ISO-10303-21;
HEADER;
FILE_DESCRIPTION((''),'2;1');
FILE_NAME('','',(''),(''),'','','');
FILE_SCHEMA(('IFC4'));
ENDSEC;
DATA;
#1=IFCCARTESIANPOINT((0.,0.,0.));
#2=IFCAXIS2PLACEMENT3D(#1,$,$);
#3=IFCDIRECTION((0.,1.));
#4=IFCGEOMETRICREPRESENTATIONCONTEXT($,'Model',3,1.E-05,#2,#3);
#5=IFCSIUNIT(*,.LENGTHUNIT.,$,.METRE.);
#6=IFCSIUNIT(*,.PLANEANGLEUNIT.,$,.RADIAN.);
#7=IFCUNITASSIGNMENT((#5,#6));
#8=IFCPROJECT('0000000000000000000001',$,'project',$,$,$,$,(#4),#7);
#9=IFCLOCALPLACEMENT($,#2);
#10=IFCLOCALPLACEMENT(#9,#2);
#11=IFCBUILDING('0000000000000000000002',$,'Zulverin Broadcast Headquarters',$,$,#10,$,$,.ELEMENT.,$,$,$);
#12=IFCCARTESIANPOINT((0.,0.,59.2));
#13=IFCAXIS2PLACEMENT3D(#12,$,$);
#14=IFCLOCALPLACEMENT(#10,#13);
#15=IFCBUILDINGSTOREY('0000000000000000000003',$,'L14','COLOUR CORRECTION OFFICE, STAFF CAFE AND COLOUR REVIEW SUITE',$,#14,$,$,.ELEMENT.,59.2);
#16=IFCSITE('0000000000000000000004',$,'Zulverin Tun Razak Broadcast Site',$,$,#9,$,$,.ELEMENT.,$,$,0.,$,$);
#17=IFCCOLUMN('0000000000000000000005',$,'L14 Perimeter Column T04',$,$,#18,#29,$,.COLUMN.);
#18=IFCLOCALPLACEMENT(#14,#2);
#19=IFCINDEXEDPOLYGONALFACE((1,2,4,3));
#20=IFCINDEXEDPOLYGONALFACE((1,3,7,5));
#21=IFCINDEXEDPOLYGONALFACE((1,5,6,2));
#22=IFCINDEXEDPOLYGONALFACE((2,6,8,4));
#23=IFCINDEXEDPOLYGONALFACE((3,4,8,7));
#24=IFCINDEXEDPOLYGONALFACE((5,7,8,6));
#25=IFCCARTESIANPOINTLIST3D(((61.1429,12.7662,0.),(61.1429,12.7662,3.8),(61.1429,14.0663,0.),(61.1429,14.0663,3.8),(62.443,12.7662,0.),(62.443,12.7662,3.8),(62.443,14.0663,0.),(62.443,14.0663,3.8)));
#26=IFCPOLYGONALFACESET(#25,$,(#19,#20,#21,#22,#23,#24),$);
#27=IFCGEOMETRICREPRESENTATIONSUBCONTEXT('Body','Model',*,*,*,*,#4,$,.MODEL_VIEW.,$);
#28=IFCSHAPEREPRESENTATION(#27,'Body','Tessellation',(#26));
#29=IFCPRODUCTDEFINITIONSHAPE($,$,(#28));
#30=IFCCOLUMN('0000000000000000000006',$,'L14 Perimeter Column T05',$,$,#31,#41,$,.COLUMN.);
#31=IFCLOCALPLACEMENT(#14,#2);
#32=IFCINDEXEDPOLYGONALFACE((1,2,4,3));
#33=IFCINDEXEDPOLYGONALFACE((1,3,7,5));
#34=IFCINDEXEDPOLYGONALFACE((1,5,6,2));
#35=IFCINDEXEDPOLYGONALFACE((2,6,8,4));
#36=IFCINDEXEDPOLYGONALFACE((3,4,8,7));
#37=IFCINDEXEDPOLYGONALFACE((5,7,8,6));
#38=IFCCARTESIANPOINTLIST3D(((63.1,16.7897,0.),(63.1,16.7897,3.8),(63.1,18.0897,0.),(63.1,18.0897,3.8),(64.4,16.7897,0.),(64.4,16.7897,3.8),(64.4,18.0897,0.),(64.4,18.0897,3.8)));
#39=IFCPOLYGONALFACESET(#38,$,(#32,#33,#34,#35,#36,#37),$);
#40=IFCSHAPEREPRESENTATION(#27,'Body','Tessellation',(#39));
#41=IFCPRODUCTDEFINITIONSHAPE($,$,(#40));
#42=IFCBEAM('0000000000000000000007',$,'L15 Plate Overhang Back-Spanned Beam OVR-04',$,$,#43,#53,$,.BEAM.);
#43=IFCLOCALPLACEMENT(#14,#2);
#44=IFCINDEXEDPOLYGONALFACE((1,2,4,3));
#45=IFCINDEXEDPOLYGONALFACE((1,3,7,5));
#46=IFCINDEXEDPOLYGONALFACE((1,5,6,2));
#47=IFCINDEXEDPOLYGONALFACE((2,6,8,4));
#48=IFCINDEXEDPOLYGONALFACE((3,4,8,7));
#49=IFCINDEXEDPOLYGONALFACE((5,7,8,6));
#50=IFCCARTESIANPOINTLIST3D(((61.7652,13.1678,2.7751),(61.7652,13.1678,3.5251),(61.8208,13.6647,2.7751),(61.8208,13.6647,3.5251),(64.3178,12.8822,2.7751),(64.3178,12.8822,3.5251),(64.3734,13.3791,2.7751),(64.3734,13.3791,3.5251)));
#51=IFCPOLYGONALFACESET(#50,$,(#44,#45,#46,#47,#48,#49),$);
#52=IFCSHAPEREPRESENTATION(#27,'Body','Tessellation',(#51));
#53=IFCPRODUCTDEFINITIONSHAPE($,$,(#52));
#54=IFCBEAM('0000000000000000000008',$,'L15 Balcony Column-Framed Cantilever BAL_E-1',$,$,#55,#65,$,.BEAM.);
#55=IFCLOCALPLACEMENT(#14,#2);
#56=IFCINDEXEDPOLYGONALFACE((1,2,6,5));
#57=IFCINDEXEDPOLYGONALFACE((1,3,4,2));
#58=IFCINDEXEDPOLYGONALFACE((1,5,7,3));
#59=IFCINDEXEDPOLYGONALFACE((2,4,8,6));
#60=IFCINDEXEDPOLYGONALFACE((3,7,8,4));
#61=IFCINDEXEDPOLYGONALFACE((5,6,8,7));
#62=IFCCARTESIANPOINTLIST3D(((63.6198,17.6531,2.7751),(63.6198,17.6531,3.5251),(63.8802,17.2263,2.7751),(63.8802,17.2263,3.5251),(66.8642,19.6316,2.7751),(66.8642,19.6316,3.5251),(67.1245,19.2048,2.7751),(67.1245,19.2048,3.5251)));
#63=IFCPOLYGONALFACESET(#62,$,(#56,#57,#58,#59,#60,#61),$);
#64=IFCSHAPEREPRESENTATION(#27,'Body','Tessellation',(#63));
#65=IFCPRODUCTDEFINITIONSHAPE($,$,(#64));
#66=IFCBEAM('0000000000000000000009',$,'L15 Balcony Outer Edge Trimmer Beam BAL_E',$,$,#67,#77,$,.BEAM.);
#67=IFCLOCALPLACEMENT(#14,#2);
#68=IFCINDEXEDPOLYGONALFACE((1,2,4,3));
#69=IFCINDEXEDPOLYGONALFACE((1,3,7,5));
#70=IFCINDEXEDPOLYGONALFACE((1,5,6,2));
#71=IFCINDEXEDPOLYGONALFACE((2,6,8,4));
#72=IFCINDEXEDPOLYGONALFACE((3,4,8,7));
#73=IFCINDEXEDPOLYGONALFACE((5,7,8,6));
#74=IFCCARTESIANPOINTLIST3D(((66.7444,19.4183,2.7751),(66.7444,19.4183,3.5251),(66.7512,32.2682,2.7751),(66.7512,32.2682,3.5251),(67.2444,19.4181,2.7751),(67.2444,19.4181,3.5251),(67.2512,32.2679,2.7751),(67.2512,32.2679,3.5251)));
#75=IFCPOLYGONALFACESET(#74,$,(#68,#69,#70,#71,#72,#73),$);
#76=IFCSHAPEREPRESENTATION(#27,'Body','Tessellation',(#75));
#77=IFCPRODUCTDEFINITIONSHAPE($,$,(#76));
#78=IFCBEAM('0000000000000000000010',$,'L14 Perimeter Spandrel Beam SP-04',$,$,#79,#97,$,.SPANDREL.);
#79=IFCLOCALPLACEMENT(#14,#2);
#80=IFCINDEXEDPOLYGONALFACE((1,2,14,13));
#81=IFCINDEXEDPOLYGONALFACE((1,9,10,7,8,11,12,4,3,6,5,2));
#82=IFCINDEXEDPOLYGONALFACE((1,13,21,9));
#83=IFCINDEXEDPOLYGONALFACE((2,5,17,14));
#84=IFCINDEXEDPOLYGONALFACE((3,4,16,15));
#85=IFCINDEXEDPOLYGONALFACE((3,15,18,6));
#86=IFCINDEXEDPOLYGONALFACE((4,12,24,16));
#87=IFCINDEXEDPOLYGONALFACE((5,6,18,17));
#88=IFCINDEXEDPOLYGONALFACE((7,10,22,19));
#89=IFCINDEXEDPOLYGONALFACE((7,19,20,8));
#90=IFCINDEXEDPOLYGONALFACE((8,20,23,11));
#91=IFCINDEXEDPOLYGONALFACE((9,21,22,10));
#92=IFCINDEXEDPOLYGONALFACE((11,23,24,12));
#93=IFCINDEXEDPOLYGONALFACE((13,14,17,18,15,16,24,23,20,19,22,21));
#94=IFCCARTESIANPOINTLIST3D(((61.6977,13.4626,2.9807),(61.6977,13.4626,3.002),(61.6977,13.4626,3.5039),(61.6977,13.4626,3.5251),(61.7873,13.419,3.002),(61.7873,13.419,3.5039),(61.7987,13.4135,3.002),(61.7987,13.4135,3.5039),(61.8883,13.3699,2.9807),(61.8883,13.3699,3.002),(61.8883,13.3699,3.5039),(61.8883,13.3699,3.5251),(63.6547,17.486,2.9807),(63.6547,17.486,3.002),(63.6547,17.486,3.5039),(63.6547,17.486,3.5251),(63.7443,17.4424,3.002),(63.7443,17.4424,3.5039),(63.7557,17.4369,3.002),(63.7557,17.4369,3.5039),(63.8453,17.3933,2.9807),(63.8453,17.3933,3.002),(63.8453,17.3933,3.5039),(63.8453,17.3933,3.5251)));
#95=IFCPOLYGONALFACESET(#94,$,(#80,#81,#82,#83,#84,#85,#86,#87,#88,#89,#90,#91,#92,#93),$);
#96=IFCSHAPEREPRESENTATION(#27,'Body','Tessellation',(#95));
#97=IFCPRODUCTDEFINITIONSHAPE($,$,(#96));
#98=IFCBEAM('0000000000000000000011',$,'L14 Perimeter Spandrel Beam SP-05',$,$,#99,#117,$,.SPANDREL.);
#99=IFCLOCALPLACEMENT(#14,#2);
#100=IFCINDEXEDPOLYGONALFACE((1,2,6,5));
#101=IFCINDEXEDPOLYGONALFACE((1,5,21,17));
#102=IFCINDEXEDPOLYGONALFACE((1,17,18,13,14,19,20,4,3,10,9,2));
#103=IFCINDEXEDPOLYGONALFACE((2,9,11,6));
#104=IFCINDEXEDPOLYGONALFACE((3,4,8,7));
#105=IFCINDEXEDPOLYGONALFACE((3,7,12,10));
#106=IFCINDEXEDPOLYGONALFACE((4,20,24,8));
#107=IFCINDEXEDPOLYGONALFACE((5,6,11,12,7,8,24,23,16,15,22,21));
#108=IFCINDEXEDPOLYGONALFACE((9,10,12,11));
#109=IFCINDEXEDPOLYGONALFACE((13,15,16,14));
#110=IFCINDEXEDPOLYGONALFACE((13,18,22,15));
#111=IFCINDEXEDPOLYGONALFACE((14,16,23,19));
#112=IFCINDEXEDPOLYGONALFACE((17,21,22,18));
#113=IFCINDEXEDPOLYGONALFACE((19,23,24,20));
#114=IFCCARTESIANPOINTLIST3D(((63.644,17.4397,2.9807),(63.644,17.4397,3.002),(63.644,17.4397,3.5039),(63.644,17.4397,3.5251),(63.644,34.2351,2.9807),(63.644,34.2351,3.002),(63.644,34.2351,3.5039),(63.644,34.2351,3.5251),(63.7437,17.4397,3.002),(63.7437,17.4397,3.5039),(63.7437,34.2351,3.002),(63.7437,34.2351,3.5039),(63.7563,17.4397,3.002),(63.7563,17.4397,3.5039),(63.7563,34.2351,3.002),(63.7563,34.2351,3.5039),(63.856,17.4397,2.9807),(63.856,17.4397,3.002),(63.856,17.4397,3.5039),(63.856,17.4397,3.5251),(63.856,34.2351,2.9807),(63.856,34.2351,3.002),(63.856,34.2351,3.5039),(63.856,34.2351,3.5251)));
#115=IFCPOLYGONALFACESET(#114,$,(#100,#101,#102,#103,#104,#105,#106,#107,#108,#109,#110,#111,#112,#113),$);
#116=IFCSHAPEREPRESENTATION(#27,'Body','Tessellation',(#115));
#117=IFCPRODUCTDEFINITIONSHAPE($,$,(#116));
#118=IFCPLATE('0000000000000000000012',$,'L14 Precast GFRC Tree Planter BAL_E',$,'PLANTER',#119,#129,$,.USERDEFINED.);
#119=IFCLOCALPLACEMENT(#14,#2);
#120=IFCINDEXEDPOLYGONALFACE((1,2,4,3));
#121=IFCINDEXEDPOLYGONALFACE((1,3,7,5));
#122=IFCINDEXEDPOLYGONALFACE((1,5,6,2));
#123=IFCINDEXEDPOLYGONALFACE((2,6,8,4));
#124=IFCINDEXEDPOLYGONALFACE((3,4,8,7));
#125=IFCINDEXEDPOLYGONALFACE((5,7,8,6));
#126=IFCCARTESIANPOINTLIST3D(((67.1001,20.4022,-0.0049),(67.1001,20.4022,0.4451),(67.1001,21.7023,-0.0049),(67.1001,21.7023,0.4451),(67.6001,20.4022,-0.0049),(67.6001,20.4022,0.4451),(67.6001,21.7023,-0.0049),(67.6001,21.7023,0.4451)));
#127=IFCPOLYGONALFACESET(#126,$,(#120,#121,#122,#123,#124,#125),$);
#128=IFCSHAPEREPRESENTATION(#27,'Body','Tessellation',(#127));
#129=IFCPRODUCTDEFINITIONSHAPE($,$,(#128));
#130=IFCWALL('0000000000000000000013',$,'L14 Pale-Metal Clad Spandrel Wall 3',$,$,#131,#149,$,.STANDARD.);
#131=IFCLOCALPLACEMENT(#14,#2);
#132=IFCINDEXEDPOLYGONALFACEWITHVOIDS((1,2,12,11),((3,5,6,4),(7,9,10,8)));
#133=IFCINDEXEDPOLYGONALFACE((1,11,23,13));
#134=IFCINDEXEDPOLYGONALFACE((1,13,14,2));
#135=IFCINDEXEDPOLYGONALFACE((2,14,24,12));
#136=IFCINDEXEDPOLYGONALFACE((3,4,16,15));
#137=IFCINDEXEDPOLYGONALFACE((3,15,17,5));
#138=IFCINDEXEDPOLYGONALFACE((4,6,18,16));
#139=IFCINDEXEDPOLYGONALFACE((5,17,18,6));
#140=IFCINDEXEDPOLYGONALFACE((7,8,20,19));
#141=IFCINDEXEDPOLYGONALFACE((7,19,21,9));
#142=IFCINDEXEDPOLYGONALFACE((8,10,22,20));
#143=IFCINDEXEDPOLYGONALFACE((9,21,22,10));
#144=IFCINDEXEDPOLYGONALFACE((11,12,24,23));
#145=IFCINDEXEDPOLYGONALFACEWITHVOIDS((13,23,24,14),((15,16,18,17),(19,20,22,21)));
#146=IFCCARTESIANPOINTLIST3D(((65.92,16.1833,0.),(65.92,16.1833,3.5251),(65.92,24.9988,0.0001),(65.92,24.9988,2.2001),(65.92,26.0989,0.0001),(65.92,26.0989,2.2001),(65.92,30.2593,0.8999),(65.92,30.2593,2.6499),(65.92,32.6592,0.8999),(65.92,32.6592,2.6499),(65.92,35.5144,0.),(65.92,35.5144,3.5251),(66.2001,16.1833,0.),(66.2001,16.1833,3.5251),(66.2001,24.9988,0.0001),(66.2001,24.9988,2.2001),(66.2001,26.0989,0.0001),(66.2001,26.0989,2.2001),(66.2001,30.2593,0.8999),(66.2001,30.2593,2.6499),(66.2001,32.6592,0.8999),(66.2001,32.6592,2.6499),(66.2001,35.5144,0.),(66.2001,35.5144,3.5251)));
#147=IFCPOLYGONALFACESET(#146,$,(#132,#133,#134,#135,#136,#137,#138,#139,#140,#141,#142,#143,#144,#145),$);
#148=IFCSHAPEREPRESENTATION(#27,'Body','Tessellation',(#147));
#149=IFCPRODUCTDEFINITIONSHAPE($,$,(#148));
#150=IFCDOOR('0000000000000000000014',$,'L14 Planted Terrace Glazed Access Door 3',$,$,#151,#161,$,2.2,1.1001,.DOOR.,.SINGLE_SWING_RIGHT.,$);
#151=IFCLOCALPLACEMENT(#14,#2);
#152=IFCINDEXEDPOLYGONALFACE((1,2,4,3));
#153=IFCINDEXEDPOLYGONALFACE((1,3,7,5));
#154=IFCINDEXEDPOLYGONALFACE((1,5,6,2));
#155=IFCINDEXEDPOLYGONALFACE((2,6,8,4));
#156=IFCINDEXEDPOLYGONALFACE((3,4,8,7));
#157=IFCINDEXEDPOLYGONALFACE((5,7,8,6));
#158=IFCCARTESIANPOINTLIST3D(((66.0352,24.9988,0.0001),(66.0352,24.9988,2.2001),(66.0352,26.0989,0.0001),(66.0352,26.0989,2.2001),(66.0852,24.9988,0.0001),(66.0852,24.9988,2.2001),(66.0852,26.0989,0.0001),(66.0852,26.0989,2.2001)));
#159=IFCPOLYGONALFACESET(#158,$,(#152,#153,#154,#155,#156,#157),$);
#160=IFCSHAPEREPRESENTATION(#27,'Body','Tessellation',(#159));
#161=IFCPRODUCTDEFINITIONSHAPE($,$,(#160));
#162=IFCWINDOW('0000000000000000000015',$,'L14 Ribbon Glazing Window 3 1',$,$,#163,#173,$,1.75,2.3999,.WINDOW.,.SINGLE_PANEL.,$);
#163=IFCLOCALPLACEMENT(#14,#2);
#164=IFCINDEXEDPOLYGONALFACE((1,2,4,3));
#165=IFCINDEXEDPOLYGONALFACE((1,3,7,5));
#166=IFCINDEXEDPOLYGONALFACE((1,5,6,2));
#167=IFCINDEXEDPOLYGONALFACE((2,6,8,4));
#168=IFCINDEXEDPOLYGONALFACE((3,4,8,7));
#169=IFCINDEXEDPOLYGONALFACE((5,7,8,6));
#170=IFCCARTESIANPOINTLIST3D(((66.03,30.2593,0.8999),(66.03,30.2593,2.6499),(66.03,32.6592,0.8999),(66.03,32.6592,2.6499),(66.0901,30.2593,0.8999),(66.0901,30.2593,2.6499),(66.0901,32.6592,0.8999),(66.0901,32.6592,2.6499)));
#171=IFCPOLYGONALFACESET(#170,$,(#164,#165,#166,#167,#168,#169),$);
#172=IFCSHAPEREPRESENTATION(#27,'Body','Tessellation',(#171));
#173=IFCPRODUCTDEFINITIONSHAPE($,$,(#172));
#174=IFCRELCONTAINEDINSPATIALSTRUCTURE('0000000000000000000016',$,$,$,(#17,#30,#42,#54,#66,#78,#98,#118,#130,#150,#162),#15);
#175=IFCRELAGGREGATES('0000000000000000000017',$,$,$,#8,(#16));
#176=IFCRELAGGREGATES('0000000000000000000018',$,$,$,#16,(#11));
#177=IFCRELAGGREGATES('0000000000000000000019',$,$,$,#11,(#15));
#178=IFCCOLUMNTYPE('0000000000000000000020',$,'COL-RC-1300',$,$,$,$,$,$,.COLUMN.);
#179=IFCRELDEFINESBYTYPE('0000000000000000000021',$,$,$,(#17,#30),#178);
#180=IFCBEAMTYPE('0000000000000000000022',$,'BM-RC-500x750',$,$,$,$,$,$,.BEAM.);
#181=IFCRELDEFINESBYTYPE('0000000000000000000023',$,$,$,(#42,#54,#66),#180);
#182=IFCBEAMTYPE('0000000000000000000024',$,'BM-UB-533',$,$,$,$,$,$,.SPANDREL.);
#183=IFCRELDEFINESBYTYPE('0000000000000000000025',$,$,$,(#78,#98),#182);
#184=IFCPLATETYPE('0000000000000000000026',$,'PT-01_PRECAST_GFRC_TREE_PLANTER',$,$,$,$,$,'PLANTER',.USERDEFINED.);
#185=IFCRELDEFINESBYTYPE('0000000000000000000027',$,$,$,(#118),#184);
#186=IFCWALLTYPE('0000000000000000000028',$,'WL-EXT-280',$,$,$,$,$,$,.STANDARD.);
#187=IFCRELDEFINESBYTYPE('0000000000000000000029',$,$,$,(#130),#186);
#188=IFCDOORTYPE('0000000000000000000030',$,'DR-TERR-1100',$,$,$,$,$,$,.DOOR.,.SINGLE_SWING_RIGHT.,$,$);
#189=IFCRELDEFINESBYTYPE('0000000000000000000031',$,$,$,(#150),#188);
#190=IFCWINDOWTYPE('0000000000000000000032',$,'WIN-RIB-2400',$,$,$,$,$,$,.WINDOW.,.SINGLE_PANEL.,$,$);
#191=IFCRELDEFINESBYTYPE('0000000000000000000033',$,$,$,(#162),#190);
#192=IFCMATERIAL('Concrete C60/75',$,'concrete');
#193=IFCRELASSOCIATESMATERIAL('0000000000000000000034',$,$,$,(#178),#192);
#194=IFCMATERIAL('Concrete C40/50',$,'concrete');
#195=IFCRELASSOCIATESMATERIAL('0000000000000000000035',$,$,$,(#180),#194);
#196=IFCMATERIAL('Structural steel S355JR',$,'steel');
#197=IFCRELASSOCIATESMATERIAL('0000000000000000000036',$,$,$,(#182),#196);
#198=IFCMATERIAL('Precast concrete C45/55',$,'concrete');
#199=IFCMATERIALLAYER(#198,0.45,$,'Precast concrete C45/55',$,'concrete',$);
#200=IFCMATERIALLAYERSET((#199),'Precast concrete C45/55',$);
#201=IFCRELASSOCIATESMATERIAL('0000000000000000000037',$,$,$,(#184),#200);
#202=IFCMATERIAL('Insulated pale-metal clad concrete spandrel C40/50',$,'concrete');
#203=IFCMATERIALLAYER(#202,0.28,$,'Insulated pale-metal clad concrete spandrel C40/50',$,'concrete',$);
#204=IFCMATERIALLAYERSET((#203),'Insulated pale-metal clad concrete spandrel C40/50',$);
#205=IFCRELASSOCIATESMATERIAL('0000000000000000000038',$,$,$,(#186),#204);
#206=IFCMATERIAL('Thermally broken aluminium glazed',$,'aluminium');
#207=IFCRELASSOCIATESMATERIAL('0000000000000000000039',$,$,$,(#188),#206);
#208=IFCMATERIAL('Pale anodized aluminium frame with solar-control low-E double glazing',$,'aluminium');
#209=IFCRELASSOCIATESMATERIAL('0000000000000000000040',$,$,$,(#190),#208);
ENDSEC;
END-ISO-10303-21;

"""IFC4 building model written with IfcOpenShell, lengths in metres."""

from ifc_helpers import new_model, si_unit, direction, frame, frame_2d, origin, origin_2d, place, context, subcontext, project, spatial, rectangle, i_section, extrude, material, layer, layer_set, material_profile, profile_set, type_object, element, fill, save


model = new_model("IFC4")

# Units and contexts
model_context = context("Model", 3, precision=1e-05, world=origin(), true_north=direction((0.0, 1.0)))
body_context = subcontext(model_context, "Body", "Model", "MODEL_VIEW")
ifc_project = project(units=[si_unit("LENGTHUNIT", "METRE"), si_unit("PLANEANGLEUNIT", "RADIAN")], contexts=[model_context])

# Site, building, storey
site_placement = place(None, origin())
site = spatial("IfcSite", under=ifc_project, at=site_placement, Name="Zulverin Tun Razak Broadcast Site", CompositionType="ELEMENT", RefElevation=0.0)
building_placement = place(site_placement, origin())
building = spatial("IfcBuilding", under=site, at=building_placement, Name="Zulverin Broadcast Headquarters", CompositionType="ELEMENT")
storey_placement = place(building_placement, frame((0.0, 0.0, 59.2)))
storey = spatial("IfcBuildingStorey", under=building, at=storey_placement, Name="L14", Description="COLOUR CORRECTION OFFICE, STAFF CAFE AND COLOUR REVIEW SUITE", CompositionType="ELEMENT", Elevation=59.2)

# Columns
ifc_material_1 = material(Name="Concrete C60/75", Category="concrete")
ifc_material_profile_1 = material_profile(ifc_material_1, rectangle(XDim=1.3, YDim=1.3, at=origin_2d()), Name="Concrete C60/75", Category="concrete")
ifc_profile_set_1 = profile_set([ifc_material_profile_1], Name="Concrete C60/75")
column_type = type_object("IfcColumnType", Name="COL-RC-1300", PredefinedType="COLUMN", material=ifc_profile_set_1)
for number, where, z_axis, x_axis, name in (
    (1, (61.793, 13.4163, 0.0), (0.0, 0.0, 1.0), (1.0, 0.0, 0.0), "L14 Perimeter Column T04"),
    (2, (63.75, 17.4397, 0.0), (0.0, 0.0, 1.0), (1.0, 0.0, 0.0), "L14 Perimeter Column T05"),
):
    element("IfcColumn", number, at=place(storey_placement, frame(where, z_axis=z_axis, x_axis=x_axis)), inside=storey, type_object=column_type, Name=name, PredefinedType="COLUMN", context=body_context, shape_type="SweptSolid", body=[
        extrude(rectangle(XDim=1.3, YDim=1.3, at=origin_2d()), origin(), (0.0, 0.0, 1.0), 3.8),
    ])

# Beams
ifc_material_2 = material(Name="Concrete C40/50", Category="concrete")
ifc_material_profile_2 = material_profile(ifc_material_2, rectangle(XDim=0.5, YDim=0.75, at=origin_2d()), Name="Concrete C40/50", Category="concrete")
ifc_profile_set_2 = profile_set([ifc_material_profile_2], Name="Concrete C40/50")
beam_type_1 = type_object("IfcBeamType", Name="BM-RC-500x750", PredefinedType="BEAM", material=ifc_profile_set_2)
beam_1_placement = place(storey_placement, frame((61.793, 13.4163, 3.1501), z_axis=(0.993798, -0.111203, 0.0), x_axis=(0.111203, 0.993798, 0.0)))
element("IfcBeam", 3, at=beam_1_placement, inside=storey, type_object=beam_type_1, Name="L15 Plate Overhang Back-Spanned Beam OVR-04", PredefinedType="BEAM", context=body_context, shape_type="SweptSolid", body=[
    extrude(rectangle(XDim=0.5, YDim=0.75, at=origin_2d()), origin(), (0.0, 0.0, 1.0), 2.5686),
])
beam_2_placement = place(storey_placement, frame((63.75, 17.4397, 3.1501), z_axis=(0.853769, 0.520652, 0.0), x_axis=(-0.520652, 0.853769, 0.0)))
element("IfcBeam", 4, at=beam_2_placement, inside=storey, type_object=beam_type_1, Name="L15 Balcony Column-Framed Cantilever BAL_E-1", PredefinedType="BEAM", context=body_context, shape_type="SweptSolid", body=[
    extrude(rectangle(XDim=0.5, YDim=0.75, at=origin_2d()), origin(), (0.0, 0.0, 1.0), 3.8),
])
beam_3_placement = place(storey_placement, frame((66.9944, 19.4182, 3.1501), z_axis=(0.000532, 1.0, 0.0), x_axis=(-1.0, 0.000532, 0.0)))
element("IfcBeam", 5, at=beam_3_placement, inside=storey, type_object=beam_type_1, Name="L15 Balcony Outer Edge Trimmer Beam BAL_E", PredefinedType="BEAM", context=body_context, shape_type="SweptSolid", body=[
    extrude(rectangle(XDim=0.5, YDim=0.75, at=origin_2d()), origin(), (0.0, 0.0, 1.0), 12.8499),
])
ifc_material_3 = material(Name="Structural steel S355JR", Category="steel")
ifc_material_profile_3 = material_profile(ifc_material_3, i_section(OverallWidth=0.2119, OverallDepth=0.5444, WebThickness=0.0127, FlangeThickness=0.0212, at=origin_2d()), Name="Structural steel S355JR", Category="steel")
ifc_profile_set_3 = profile_set([ifc_material_profile_3], Name="Structural steel S355JR")
beam_type_2 = type_object("IfcBeamType", Name="BM-UB-533", PredefinedType="SPANDREL", material=ifc_profile_set_3)
beam_4_placement = place(storey_placement, frame((61.793, 13.4163, 3.2529), z_axis=(0.437408, 0.899263, 0.0), x_axis=(-0.899263, 0.437408, 0.0)))
element("IfcBeam", 6, at=beam_4_placement, inside=storey, type_object=beam_type_2, Name="L14 Perimeter Spandrel Beam SP-04", PredefinedType="SPANDREL", context=body_context, shape_type="SweptSolid", body=[
    extrude(i_section(OverallWidth=0.2119, OverallDepth=0.5444, WebThickness=0.0127, FlangeThickness=0.0212, at=origin_2d()), origin(), (0.0, 0.0, 1.0), 4.4741),
])
beam_5_placement = place(storey_placement, frame((63.75, 17.4397, 3.2529), z_axis=(0.0, 1.0, 0.0), x_axis=(-1.0, 0.0, 0.0)))
element("IfcBeam", 7, at=beam_5_placement, inside=storey, type_object=beam_type_2, Name="L14 Perimeter Spandrel Beam SP-05", PredefinedType="SPANDREL", context=body_context, shape_type="SweptSolid", body=[
    extrude(i_section(OverallWidth=0.2119, OverallDepth=0.5444, WebThickness=0.0127, FlangeThickness=0.0212, at=origin_2d()), origin(), (0.0, 0.0, 1.0), 16.7954),
])

# Plate
ifc_material_4 = material(Name="Precast concrete C45/55", Category="concrete")
ifc_layer_1 = layer(ifc_material_4, 0.45, Name="Precast concrete C45/55", Category="concrete")
ifc_layer_set_1 = layer_set([ifc_layer_1], Name="Precast concrete C45/55")
plate_type = type_object("IfcPlateType", Name="PT-01_PRECAST_GFRC_TREE_PLANTER", ElementType="PLANTER", PredefinedType="USERDEFINED", material=ifc_layer_set_1)
plate_placement = place(storey_placement, frame((67.3501, 21.0522, -0.0049), z_axis=(0.0, 0.0, 1.0), x_axis=(0.0, 1.0, 0.0)))
element("IfcPlate", 8, at=plate_placement, inside=storey, type_object=plate_type, Name="L14 Precast GFRC Tree Planter BAL_E", ObjectType="PLANTER", PredefinedType="USERDEFINED", context=body_context, shape_type="SweptSolid", body=[
    extrude(rectangle(XDim=1.3, YDim=0.5, at=origin_2d()), origin(), (0.0, 0.0, 1.0), 0.45),
])

# Wall, openings, door, window
ifc_material_5 = material(Name="Insulated pale-metal clad concrete spandrel C40/50", Category="concrete")
ifc_layer_2 = layer(ifc_material_5, 0.28, Name="Insulated pale-metal clad concrete spandrel C40/50", Category="concrete")
ifc_layer_set_2 = layer_set([ifc_layer_2], Name="Insulated pale-metal clad concrete spandrel C40/50")
wall_type = type_object("IfcWallType", Name="WL-EXT-280", PredefinedType="STANDARD", material=ifc_layer_set_2)
wall_1_placement = place(storey_placement, frame((66.0601, 16.1833, 0.0), z_axis=(0.0, 0.0, 1.0), x_axis=(0.0, 1.0, 0.0)))
wall_1 = element("IfcWall", 9, at=wall_1_placement, inside=storey, type_object=wall_type, Name="L14 Pale-Metal Clad Spandrel Wall 3", PredefinedType="STANDARD", context=body_context, shape_type="SweptSolid", body=[
    extrude(rectangle(XDim=19.3311, YDim=0.28, at=frame_2d((9.6655, 0.0))), origin(), (0.0, 0.0, 1.0), 3.5251),
])
opening_1_placement = place(wall_1_placement, frame((8.8154, 0.0, 0.0)))
opening_1 = element("IfcOpeningElement", 10, at=opening_1_placement, cuts=wall_1, PredefinedType="OPENING", context=body_context, shape_type="SweptSolid", body=[
    extrude(rectangle(XDim=1.1001, YDim=2.2, at=frame_2d((0.55, 1.1001))), frame((0.0, 0.1499, 0.0), z_axis=(0.0, -1.0, 0.0), x_axis=(1.0, 0.0, 0.0)), (0.0, 0.0, 1.0), 0.3),
])
opening_2_placement = place(wall_1_placement, frame((14.0759, 0.0, 0.8999)))
opening_2 = element("IfcOpeningElement", 11, at=opening_2_placement, cuts=wall_1, PredefinedType="OPENING", context=body_context, shape_type="SweptSolid", body=[
    extrude(rectangle(XDim=2.3999, YDim=1.75, at=frame_2d((1.2, 0.875))), frame((0.0, 0.1499, 0.0), z_axis=(0.0, -1.0, 0.0), x_axis=(1.0, 0.0, 0.0)), (0.0, 0.0, 1.0), 0.3),
])
ifc_material_6 = material(Name="Thermally broken aluminium glazed", Category="aluminium")
door_type = type_object("IfcDoorType", Name="DR-TERR-1100", OperationType="SINGLE_SWING_RIGHT", PredefinedType="DOOR", material=ifc_material_6)
door_placement = place(opening_1_placement, origin())
door = element("IfcDoor", 12, at=door_placement, inside=storey, type_object=door_type, Name="L14 Planted Terrace Glazed Access Door 3", OperationType="SINGLE_SWING_RIGHT", OverallHeight=2.2, OverallWidth=1.1001, PredefinedType="DOOR", context=body_context, shape_type="SweptSolid", body=[
    extrude(rectangle(XDim=1.1001, YDim=2.2, at=frame_2d((0.55, 1.1001))), frame((0.0, 0.0249, 0.0), z_axis=(0.0, -1.0, 0.0), x_axis=(1.0, 0.0, 0.0)), (0.0, 0.0, 1.0), 0.05),
])
fill(opening_1, door)
ifc_material_7 = material(Name="Pale anodized aluminium frame with solar-control low-E double glazing", Category="aluminium")
window_type = type_object("IfcWindowType", Name="WIN-RIB-2400", PartitioningType="SINGLE_PANEL", PredefinedType="WINDOW", material=ifc_material_7)
window_placement = place(opening_2_placement, origin())
window = element("IfcWindow", 13, at=window_placement, inside=storey, type_object=window_type, Name="L14 Ribbon Glazing Window 3 1", OverallHeight=1.75, OverallWidth=2.3999, PartitioningType="SINGLE_PANEL", PredefinedType="WINDOW", context=body_context, shape_type="SweptSolid", body=[
    extrude(rectangle(XDim=2.3999, YDim=1.75, at=frame_2d((1.2, 0.875))), frame((0.0, 0.03, 0.0), z_axis=(0.0, -1.0, 0.0), x_axis=(1.0, 0.0, 0.0)), (0.0, 0.0, 1.0), 0.0601),
])
fill(opening_2, window)

save(model, "model.ifc")
